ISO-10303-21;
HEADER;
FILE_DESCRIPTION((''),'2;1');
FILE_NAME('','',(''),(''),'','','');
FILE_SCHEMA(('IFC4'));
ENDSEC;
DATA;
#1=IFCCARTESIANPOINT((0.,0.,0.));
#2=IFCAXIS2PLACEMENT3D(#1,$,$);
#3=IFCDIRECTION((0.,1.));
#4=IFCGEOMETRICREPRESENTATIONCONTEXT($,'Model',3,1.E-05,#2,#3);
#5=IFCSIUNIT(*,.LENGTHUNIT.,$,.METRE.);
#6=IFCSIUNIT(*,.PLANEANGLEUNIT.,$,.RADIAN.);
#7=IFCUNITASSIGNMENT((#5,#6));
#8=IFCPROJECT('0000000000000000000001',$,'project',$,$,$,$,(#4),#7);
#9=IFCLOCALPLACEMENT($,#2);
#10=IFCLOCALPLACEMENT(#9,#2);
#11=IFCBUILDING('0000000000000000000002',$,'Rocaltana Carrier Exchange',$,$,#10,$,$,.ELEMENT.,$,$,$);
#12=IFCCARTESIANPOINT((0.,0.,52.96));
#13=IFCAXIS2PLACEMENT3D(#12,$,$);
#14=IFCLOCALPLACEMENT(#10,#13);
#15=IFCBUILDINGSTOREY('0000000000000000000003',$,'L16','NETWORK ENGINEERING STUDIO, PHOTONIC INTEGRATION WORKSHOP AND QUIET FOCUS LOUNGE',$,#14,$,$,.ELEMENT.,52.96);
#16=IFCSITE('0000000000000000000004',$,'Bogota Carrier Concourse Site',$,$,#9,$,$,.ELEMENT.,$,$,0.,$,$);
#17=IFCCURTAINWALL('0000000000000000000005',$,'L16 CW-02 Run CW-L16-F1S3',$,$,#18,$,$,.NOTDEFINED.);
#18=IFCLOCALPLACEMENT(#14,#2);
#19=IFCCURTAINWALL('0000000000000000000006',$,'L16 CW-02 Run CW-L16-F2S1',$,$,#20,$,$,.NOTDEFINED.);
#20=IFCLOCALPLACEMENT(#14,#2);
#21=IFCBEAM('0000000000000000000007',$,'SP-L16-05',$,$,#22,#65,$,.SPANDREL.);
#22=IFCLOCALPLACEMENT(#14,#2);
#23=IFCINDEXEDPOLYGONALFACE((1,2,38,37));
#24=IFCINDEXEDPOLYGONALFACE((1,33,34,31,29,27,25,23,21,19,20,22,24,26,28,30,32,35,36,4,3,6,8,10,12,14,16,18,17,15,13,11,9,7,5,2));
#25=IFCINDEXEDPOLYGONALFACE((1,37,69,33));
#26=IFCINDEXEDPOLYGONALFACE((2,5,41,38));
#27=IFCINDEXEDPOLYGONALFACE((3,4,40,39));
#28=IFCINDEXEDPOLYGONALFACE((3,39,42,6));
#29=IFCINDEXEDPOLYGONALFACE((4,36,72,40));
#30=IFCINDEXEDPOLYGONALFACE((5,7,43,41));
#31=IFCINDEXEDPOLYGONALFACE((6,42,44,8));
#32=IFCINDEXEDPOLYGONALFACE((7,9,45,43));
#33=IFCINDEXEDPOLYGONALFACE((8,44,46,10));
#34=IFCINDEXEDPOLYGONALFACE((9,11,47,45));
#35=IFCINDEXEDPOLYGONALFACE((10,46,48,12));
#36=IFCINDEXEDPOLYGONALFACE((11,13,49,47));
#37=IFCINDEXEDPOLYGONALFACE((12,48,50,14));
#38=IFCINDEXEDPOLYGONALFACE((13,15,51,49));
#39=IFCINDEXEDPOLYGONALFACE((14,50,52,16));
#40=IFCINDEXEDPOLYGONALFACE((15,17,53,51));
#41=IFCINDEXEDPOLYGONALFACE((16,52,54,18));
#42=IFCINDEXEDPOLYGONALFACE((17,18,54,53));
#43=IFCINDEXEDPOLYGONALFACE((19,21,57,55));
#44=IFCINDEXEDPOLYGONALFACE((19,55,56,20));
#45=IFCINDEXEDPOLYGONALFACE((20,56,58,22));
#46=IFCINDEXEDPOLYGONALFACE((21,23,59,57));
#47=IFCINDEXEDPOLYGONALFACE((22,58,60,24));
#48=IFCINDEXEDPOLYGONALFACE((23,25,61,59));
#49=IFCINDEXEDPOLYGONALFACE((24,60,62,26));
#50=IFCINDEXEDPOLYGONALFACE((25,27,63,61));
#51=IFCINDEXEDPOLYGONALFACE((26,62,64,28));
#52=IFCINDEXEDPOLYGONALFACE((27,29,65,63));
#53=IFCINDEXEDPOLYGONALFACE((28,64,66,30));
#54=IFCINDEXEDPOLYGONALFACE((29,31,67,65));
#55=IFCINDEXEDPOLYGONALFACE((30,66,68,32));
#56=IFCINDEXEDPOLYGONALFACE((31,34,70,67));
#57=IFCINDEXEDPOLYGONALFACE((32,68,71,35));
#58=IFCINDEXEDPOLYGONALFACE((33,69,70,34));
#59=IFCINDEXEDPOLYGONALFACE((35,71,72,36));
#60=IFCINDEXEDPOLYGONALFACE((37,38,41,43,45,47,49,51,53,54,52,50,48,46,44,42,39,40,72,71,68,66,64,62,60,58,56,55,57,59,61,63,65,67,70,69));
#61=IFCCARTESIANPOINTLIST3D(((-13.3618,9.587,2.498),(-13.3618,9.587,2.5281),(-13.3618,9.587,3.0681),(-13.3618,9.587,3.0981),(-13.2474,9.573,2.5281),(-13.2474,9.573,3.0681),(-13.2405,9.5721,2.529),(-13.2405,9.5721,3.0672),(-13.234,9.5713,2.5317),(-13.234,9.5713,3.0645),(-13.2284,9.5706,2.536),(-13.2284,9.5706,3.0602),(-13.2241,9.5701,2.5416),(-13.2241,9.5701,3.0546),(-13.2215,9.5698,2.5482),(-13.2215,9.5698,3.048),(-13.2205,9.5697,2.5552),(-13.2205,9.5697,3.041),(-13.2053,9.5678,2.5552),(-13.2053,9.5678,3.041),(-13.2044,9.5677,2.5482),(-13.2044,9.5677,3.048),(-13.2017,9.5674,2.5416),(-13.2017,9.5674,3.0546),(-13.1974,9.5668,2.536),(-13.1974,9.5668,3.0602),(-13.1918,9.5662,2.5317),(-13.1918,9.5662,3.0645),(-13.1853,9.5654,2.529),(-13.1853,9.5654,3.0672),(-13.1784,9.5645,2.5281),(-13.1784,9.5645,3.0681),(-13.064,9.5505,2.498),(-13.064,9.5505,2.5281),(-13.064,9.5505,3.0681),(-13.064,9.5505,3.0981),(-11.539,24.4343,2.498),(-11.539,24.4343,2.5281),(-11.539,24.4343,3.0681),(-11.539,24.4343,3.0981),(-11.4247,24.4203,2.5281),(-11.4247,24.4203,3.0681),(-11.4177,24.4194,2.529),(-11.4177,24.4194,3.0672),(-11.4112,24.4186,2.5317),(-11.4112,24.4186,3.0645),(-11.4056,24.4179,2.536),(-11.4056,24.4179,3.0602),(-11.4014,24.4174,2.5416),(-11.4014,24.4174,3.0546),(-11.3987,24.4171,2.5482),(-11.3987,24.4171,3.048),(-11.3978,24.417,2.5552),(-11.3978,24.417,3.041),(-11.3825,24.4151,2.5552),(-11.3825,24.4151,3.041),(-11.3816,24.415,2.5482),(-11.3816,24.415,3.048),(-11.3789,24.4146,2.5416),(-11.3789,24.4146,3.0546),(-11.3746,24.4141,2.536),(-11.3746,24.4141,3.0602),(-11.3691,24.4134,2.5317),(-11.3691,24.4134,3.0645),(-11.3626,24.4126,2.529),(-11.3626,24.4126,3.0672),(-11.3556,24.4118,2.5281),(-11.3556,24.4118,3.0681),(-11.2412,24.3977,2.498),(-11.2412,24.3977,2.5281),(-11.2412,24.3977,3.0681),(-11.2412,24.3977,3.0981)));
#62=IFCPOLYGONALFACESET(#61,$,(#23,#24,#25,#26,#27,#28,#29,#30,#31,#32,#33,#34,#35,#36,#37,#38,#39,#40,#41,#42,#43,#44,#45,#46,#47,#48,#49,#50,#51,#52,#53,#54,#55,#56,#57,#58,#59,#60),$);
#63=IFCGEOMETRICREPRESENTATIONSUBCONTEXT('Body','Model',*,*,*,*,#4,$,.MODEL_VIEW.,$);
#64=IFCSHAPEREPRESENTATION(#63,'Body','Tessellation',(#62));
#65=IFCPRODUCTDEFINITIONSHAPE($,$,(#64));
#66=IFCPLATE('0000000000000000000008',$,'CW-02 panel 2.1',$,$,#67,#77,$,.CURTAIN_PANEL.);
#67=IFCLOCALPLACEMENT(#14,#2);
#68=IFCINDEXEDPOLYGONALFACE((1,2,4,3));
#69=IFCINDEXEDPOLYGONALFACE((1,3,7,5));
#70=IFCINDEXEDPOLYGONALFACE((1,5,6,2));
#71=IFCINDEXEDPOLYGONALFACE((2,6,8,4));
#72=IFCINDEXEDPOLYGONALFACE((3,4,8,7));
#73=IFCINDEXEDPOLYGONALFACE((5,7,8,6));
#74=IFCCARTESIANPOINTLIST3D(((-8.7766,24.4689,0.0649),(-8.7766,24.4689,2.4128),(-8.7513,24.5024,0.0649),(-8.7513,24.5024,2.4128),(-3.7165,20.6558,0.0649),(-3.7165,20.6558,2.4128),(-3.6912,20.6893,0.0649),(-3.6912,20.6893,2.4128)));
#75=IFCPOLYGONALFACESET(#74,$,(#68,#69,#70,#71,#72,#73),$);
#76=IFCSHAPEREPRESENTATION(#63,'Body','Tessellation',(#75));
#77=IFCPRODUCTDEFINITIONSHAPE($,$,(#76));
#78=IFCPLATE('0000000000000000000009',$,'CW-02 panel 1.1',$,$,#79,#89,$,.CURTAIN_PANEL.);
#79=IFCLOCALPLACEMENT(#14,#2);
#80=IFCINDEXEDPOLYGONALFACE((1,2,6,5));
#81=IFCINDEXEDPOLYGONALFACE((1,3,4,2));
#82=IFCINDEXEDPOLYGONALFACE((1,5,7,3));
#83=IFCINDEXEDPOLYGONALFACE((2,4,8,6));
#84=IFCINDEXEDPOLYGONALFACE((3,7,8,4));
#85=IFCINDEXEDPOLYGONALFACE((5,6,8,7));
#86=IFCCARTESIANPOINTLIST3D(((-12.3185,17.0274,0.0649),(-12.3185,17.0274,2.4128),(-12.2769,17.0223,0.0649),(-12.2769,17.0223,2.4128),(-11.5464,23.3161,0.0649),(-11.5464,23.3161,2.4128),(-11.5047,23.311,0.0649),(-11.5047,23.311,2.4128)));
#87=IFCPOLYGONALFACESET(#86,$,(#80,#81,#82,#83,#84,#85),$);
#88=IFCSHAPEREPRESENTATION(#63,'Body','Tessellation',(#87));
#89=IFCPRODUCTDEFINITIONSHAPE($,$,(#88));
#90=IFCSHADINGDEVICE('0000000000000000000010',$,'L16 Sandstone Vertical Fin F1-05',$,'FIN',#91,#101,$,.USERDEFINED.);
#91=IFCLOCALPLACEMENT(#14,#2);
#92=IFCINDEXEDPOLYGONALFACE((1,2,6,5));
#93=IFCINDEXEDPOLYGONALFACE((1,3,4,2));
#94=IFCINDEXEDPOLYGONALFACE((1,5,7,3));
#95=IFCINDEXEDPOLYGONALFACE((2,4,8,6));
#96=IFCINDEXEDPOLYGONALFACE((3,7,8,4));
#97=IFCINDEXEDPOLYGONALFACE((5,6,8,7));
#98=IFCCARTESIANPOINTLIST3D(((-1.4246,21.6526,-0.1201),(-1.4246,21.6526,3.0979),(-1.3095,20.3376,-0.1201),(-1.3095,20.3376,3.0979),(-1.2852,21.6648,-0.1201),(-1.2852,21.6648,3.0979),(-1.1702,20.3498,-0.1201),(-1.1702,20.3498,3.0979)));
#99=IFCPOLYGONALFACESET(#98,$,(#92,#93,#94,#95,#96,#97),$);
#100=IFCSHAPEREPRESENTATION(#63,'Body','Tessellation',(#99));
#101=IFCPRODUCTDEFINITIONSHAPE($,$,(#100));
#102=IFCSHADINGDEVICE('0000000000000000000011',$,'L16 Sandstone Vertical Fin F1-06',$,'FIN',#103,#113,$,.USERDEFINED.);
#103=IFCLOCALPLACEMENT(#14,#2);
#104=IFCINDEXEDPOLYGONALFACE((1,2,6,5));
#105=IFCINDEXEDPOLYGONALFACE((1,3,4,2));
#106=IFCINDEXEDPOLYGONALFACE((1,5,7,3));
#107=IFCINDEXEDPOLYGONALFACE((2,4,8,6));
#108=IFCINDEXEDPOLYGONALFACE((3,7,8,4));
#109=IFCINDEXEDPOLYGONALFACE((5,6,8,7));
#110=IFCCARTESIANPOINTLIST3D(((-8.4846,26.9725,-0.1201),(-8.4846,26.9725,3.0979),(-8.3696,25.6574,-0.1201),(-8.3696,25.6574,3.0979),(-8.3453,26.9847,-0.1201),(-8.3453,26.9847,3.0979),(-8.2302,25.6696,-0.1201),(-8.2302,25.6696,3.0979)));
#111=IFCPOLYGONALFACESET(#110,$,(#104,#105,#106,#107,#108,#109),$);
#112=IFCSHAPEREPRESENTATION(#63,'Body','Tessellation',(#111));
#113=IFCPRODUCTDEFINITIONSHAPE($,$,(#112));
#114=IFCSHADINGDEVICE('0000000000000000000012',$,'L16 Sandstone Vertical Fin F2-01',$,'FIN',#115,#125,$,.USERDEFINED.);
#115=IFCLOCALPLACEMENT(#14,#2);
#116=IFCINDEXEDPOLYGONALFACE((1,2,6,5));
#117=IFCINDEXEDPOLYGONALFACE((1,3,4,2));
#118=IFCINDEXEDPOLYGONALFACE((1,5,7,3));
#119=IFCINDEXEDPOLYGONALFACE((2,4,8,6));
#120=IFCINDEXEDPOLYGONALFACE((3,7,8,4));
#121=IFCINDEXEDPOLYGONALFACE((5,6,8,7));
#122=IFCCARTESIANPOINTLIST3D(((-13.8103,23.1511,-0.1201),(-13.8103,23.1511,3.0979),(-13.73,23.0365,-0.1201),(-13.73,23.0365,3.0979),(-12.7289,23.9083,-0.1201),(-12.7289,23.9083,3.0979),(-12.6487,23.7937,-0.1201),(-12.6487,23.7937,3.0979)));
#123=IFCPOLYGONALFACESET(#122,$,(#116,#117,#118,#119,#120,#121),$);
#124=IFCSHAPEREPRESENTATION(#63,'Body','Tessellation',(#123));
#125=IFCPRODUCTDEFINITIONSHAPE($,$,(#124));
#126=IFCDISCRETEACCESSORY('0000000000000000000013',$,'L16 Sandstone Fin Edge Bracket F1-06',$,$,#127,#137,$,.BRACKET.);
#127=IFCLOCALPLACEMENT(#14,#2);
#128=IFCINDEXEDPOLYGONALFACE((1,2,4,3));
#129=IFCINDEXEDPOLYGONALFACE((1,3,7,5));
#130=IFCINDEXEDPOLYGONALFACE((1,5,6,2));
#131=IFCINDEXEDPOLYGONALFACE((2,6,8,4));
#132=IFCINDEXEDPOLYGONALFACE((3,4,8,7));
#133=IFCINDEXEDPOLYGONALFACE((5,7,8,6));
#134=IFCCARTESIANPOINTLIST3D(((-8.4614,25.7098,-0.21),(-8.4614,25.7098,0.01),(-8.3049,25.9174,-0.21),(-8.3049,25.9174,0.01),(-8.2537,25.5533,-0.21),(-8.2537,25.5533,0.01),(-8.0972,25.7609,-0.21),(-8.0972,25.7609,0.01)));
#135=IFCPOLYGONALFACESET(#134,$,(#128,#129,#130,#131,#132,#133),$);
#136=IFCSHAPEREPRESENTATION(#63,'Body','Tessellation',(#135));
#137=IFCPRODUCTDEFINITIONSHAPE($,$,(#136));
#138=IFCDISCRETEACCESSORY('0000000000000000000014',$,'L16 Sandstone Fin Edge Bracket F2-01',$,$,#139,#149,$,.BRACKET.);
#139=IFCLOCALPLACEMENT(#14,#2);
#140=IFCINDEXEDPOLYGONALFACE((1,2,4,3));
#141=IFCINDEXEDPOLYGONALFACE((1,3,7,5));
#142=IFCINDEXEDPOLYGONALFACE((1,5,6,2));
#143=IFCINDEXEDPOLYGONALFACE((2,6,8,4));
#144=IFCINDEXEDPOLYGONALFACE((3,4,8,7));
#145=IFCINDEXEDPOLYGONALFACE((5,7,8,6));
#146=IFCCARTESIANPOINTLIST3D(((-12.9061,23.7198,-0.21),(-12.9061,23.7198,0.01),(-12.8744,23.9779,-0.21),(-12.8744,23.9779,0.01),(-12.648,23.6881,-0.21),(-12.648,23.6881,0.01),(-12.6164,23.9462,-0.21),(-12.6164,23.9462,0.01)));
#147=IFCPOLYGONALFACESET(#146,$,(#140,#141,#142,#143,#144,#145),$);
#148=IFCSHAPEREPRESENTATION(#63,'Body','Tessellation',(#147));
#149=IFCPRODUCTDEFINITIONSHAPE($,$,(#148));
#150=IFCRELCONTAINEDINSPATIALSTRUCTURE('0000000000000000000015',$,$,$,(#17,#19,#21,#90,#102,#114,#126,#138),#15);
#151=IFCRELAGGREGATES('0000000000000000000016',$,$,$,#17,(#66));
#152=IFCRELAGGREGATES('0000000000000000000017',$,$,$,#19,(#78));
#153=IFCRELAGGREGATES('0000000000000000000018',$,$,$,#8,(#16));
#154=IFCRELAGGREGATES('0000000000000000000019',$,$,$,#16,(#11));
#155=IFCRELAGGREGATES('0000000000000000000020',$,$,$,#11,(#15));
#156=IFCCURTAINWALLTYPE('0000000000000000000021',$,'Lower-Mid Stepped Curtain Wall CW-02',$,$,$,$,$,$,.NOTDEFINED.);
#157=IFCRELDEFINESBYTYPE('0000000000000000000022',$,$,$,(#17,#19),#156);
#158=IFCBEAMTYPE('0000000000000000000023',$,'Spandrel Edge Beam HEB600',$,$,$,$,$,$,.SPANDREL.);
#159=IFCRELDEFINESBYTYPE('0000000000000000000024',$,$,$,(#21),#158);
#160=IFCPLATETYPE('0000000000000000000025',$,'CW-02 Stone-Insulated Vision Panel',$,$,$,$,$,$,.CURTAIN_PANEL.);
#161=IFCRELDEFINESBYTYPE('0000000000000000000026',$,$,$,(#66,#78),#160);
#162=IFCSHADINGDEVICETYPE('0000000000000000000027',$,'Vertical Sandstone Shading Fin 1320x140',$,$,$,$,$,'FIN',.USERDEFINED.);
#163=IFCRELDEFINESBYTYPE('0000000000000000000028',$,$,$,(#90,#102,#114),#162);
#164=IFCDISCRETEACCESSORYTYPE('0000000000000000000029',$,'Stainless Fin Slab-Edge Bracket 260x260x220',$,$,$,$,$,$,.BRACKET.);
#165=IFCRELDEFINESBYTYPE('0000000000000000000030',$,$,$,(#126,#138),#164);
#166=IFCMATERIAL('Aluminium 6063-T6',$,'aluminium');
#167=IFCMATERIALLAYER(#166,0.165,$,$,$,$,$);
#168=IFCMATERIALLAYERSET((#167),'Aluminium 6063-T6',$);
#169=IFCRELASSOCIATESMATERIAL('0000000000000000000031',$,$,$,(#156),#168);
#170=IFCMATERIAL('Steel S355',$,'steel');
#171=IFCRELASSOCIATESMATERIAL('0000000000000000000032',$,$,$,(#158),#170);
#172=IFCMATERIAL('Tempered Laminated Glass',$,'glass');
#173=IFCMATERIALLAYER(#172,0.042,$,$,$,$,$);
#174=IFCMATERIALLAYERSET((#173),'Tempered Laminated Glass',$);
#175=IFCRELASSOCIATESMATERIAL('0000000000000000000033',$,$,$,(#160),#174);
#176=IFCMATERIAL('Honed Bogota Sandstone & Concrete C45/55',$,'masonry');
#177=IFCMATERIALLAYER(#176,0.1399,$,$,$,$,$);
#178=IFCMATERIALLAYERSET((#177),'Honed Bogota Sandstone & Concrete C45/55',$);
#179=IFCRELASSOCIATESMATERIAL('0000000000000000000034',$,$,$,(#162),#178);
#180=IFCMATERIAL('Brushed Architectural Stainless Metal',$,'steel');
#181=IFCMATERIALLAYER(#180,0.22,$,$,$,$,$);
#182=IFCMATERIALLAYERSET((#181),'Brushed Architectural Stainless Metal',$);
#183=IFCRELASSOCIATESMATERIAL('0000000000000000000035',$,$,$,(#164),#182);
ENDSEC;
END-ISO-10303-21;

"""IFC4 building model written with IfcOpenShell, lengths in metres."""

from ifc_helpers import new_model, si_unit, direction, frame, origin, origin_2d, place, context, subcontext, project, spatial, rectangle, i_section, extrude, material, layer, layer_set, material_profile, profile_set, type_object, element, aggregate, save


model = new_model("IFC4")

# Units and contexts
model_context = context("Model", 3, precision=1e-05, world=origin(), true_north=direction((0.0, 1.0)))
body_context = subcontext(model_context, "Body", "Model", "MODEL_VIEW")
ifc_project = project(units=[si_unit("LENGTHUNIT", "METRE"), si_unit("PLANEANGLEUNIT", "RADIAN")], contexts=[model_context])

# Site, building, storey
site_placement = place(None, origin())
site = spatial("IfcSite", under=ifc_project, at=site_placement, Name="Bogota Carrier Concourse Site", CompositionType="ELEMENT", RefElevation=0.0)
building_placement = place(site_placement, origin())
building = spatial("IfcBuilding", under=site, at=building_placement, Name="Rocaltana Carrier Exchange", CompositionType="ELEMENT")
storey_placement = place(building_placement, frame((0.0, 0.0, 52.96)))
storey = spatial("IfcBuildingStorey", under=building, at=storey_placement, Name="L16", Description="NETWORK ENGINEERING STUDIO, PHOTONIC INTEGRATION WORKSHOP AND QUIET FOCUS LOUNGE", CompositionType="ELEMENT", Elevation=52.96)

# Curtain wall
ifc_material_1 = material(Name="Aluminium 6063-T6", Category="aluminium")
ifc_layer_1 = layer(ifc_material_1, 0.165)
ifc_layer_set_1 = layer_set([ifc_layer_1], Name="Aluminium 6063-T6")
curtain_wall_type = type_object("IfcCurtainWallType", Name="Lower-Mid Stepped Curtain Wall CW-02", PredefinedType="NOTDEFINED", material=ifc_layer_set_1)
curtain_wall_1_placement = place(storey_placement, origin())
curtain_wall_1 = element("IfcCurtainWall", 1, at=curtain_wall_1_placement, inside=storey, type_object=curtain_wall_type, Name="L16 CW-02 Run CW-L16-F1S3", PredefinedType="NOTDEFINED")

# Curtain wall
curtain_wall_2_placement = place(storey_placement, origin())
curtain_wall_2 = element("IfcCurtainWall", 2, at=curtain_wall_2_placement, inside=storey, type_object=curtain_wall_type, Name="L16 CW-02 Run CW-L16-F2S1", PredefinedType="NOTDEFINED")

# Beam
ifc_material_2 = material(Name="Steel S355", Category="steel")
ifc_material_profile_1 = material_profile(ifc_material_2, i_section(OverallWidth=0.3, OverallDepth=0.6001, WebThickness=0.0154, FlangeThickness=0.03, FilletRadius=0.0271, at=origin_2d()), Name="HEB600")
ifc_profile_set_1 = profile_set([ifc_material_profile_1], Name="Steel S355")
beam_type_1 = type_object("IfcBeamType", Name="Spandrel Edge Beam HEB600", PredefinedType="SPANDREL", material=ifc_profile_set_1)
beam_1_placement = place(storey_placement, frame((-11.3901, 24.416, 2.7981), z_axis=(-0.121853, -0.992548, 0.0), x_axis=(0.992548, -0.121853, 0.0)))
element("IfcBeam", 3, at=beam_1_placement, inside=storey, type_object=beam_type_1, Name="SP-L16-05", PredefinedType="SPANDREL", context=body_context, shape_type="SweptSolid", body=[
    extrude(i_section(OverallWidth=0.3, OverallDepth=0.6001, WebThickness=0.0154, FlangeThickness=0.03, FilletRadius=0.0271, at=origin_2d()), origin(), (0.0, 0.0, 1.0), 14.9587),
])

# Plates
ifc_material_3 = material(Name="Tempered Laminated Glass", Category="glass")
ifc_layer_2 = layer(ifc_material_3, 0.042)
ifc_layer_set_2 = layer_set([ifc_layer_2], Name="Tempered Laminated Glass")
plate_type = type_object("IfcPlateType", Name="CW-02 Stone-Insulated Vision Panel", PredefinedType="CURTAIN_PANEL", material=ifc_layer_set_2)
plate_1_placement = place(storey_placement, frame((-6.2339, 22.5791, 0.0649), z_axis=(0.0, 0.0, 1.0), x_axis=(-0.798638, 0.601812, 0.0)))
plate_1 = element("IfcPlate", 4, at=plate_1_placement, type_object=plate_type, Name="CW-02 panel 2.1", PredefinedType="CURTAIN_PANEL", context=body_context, shape_type="SweptSolid", body=[
    extrude(rectangle(XDim=6.3359, YDim=0.042, at=origin_2d()), origin(), (0.0, 0.0, 1.0), 2.3479),
])
aggregate(curtain_wall_1, [plate_1])
plate_2_placement = place(storey_placement, frame((-11.9116, 20.1692, 0.0649), z_axis=(0.0, 0.0, 1.0), x_axis=(-0.121873, -0.992546, 0.0)))
plate_2 = element("IfcPlate", 5, at=plate_2_placement, type_object=plate_type, Name="CW-02 panel 1.1", PredefinedType="CURTAIN_PANEL", context=body_context, shape_type="SweptSolid", body=[
    extrude(rectangle(XDim=6.3359, YDim=0.042, at=origin_2d()), origin(), (0.0, 0.0, 1.0), 2.3479),
])
aggregate(curtain_wall_2, [plate_2])

# Shading devices
ifc_material_4 = material(Name="Honed Bogota Sandstone & Concrete C45/55", Category="masonry")
ifc_layer_3 = layer(ifc_material_4, 0.1399)
ifc_layer_set_3 = layer_set([ifc_layer_3], Name="Honed Bogota Sandstone & Concrete C45/55")
shading_device_type = type_object("IfcShadingDeviceType", Name="Vertical Sandstone Shading Fin 1320x140", ElementType="FIN", PredefinedType="USERDEFINED", material=ifc_layer_set_3)
for number, where, z_axis, x_axis, name in (
    (6, (-1.2974, 21.0012, -0.1201), (0.0, 0.0, 1.0), (-0.087156, 0.996195, 0.0), "L16 Sandstone Vertical Fin F1-05"),
    (7, (-8.3574, 26.321, -0.1201), (0.0, 0.0, 1.0), (-0.087156, 0.996195, 0.0), "L16 Sandstone Vertical Fin F1-06"),
    (8, (-13.2295, 23.4724, -0.1201), (0.0, 0.0, 1.0), (-0.819152, -0.573576, 0.0), "L16 Sandstone Vertical Fin F2-01"),
):
    element("IfcShadingDevice", number, at=place(storey_placement, frame(where, z_axis=z_axis, x_axis=x_axis)), inside=storey, type_object=shading_device_type, Name=name, ObjectType="FIN", PredefinedType="USERDEFINED", context=body_context, shape_type="SweptSolid", body=[
        extrude(rectangle(XDim=1.3201, YDim=0.1399, at=origin_2d()), origin(), (0.0, 0.0, 1.0), 3.218),
    ])

# Discrete accessories
ifc_material_5 = material(Name="Brushed Architectural Stainless Metal", Category="steel")
ifc_layer_4 = layer(ifc_material_5, 0.22)
ifc_layer_set_4 = layer_set([ifc_layer_4], Name="Brushed Architectural Stainless Metal")
discrete_accessory_type = type_object("IfcDiscreteAccessoryType", Name="Stainless Fin Slab-Edge Bracket 260x260x220", PredefinedType="BRACKET", material=ifc_layer_set_4)
for number, where, z_axis, x_axis, name in (
    (9, (-8.2793, 25.7354, -0.21), (0.0, 0.0, 1.0), (-0.798636, 0.601815, 0.0), "L16 Sandstone Fin Edge Bracket F1-06"),
    (10, (-12.7612, 23.833, -0.21), (0.0, 0.0, 1.0), (-0.121869, -0.992546, 0.0), "L16 Sandstone Fin Edge Bracket F2-01"),
):
    element("IfcDiscreteAccessory", number, at=place(storey_placement, frame(where, z_axis=z_axis, x_axis=x_axis)), inside=storey, type_object=discrete_accessory_type, Name=name, PredefinedType="BRACKET", context=body_context, shape_type="SweptSolid", body=[
        extrude(rectangle(XDim=0.26, YDim=0.26, at=origin_2d()), origin(), (0.0, 0.0, 1.0), 0.22),
    ])

save(model, "model.ifc")
